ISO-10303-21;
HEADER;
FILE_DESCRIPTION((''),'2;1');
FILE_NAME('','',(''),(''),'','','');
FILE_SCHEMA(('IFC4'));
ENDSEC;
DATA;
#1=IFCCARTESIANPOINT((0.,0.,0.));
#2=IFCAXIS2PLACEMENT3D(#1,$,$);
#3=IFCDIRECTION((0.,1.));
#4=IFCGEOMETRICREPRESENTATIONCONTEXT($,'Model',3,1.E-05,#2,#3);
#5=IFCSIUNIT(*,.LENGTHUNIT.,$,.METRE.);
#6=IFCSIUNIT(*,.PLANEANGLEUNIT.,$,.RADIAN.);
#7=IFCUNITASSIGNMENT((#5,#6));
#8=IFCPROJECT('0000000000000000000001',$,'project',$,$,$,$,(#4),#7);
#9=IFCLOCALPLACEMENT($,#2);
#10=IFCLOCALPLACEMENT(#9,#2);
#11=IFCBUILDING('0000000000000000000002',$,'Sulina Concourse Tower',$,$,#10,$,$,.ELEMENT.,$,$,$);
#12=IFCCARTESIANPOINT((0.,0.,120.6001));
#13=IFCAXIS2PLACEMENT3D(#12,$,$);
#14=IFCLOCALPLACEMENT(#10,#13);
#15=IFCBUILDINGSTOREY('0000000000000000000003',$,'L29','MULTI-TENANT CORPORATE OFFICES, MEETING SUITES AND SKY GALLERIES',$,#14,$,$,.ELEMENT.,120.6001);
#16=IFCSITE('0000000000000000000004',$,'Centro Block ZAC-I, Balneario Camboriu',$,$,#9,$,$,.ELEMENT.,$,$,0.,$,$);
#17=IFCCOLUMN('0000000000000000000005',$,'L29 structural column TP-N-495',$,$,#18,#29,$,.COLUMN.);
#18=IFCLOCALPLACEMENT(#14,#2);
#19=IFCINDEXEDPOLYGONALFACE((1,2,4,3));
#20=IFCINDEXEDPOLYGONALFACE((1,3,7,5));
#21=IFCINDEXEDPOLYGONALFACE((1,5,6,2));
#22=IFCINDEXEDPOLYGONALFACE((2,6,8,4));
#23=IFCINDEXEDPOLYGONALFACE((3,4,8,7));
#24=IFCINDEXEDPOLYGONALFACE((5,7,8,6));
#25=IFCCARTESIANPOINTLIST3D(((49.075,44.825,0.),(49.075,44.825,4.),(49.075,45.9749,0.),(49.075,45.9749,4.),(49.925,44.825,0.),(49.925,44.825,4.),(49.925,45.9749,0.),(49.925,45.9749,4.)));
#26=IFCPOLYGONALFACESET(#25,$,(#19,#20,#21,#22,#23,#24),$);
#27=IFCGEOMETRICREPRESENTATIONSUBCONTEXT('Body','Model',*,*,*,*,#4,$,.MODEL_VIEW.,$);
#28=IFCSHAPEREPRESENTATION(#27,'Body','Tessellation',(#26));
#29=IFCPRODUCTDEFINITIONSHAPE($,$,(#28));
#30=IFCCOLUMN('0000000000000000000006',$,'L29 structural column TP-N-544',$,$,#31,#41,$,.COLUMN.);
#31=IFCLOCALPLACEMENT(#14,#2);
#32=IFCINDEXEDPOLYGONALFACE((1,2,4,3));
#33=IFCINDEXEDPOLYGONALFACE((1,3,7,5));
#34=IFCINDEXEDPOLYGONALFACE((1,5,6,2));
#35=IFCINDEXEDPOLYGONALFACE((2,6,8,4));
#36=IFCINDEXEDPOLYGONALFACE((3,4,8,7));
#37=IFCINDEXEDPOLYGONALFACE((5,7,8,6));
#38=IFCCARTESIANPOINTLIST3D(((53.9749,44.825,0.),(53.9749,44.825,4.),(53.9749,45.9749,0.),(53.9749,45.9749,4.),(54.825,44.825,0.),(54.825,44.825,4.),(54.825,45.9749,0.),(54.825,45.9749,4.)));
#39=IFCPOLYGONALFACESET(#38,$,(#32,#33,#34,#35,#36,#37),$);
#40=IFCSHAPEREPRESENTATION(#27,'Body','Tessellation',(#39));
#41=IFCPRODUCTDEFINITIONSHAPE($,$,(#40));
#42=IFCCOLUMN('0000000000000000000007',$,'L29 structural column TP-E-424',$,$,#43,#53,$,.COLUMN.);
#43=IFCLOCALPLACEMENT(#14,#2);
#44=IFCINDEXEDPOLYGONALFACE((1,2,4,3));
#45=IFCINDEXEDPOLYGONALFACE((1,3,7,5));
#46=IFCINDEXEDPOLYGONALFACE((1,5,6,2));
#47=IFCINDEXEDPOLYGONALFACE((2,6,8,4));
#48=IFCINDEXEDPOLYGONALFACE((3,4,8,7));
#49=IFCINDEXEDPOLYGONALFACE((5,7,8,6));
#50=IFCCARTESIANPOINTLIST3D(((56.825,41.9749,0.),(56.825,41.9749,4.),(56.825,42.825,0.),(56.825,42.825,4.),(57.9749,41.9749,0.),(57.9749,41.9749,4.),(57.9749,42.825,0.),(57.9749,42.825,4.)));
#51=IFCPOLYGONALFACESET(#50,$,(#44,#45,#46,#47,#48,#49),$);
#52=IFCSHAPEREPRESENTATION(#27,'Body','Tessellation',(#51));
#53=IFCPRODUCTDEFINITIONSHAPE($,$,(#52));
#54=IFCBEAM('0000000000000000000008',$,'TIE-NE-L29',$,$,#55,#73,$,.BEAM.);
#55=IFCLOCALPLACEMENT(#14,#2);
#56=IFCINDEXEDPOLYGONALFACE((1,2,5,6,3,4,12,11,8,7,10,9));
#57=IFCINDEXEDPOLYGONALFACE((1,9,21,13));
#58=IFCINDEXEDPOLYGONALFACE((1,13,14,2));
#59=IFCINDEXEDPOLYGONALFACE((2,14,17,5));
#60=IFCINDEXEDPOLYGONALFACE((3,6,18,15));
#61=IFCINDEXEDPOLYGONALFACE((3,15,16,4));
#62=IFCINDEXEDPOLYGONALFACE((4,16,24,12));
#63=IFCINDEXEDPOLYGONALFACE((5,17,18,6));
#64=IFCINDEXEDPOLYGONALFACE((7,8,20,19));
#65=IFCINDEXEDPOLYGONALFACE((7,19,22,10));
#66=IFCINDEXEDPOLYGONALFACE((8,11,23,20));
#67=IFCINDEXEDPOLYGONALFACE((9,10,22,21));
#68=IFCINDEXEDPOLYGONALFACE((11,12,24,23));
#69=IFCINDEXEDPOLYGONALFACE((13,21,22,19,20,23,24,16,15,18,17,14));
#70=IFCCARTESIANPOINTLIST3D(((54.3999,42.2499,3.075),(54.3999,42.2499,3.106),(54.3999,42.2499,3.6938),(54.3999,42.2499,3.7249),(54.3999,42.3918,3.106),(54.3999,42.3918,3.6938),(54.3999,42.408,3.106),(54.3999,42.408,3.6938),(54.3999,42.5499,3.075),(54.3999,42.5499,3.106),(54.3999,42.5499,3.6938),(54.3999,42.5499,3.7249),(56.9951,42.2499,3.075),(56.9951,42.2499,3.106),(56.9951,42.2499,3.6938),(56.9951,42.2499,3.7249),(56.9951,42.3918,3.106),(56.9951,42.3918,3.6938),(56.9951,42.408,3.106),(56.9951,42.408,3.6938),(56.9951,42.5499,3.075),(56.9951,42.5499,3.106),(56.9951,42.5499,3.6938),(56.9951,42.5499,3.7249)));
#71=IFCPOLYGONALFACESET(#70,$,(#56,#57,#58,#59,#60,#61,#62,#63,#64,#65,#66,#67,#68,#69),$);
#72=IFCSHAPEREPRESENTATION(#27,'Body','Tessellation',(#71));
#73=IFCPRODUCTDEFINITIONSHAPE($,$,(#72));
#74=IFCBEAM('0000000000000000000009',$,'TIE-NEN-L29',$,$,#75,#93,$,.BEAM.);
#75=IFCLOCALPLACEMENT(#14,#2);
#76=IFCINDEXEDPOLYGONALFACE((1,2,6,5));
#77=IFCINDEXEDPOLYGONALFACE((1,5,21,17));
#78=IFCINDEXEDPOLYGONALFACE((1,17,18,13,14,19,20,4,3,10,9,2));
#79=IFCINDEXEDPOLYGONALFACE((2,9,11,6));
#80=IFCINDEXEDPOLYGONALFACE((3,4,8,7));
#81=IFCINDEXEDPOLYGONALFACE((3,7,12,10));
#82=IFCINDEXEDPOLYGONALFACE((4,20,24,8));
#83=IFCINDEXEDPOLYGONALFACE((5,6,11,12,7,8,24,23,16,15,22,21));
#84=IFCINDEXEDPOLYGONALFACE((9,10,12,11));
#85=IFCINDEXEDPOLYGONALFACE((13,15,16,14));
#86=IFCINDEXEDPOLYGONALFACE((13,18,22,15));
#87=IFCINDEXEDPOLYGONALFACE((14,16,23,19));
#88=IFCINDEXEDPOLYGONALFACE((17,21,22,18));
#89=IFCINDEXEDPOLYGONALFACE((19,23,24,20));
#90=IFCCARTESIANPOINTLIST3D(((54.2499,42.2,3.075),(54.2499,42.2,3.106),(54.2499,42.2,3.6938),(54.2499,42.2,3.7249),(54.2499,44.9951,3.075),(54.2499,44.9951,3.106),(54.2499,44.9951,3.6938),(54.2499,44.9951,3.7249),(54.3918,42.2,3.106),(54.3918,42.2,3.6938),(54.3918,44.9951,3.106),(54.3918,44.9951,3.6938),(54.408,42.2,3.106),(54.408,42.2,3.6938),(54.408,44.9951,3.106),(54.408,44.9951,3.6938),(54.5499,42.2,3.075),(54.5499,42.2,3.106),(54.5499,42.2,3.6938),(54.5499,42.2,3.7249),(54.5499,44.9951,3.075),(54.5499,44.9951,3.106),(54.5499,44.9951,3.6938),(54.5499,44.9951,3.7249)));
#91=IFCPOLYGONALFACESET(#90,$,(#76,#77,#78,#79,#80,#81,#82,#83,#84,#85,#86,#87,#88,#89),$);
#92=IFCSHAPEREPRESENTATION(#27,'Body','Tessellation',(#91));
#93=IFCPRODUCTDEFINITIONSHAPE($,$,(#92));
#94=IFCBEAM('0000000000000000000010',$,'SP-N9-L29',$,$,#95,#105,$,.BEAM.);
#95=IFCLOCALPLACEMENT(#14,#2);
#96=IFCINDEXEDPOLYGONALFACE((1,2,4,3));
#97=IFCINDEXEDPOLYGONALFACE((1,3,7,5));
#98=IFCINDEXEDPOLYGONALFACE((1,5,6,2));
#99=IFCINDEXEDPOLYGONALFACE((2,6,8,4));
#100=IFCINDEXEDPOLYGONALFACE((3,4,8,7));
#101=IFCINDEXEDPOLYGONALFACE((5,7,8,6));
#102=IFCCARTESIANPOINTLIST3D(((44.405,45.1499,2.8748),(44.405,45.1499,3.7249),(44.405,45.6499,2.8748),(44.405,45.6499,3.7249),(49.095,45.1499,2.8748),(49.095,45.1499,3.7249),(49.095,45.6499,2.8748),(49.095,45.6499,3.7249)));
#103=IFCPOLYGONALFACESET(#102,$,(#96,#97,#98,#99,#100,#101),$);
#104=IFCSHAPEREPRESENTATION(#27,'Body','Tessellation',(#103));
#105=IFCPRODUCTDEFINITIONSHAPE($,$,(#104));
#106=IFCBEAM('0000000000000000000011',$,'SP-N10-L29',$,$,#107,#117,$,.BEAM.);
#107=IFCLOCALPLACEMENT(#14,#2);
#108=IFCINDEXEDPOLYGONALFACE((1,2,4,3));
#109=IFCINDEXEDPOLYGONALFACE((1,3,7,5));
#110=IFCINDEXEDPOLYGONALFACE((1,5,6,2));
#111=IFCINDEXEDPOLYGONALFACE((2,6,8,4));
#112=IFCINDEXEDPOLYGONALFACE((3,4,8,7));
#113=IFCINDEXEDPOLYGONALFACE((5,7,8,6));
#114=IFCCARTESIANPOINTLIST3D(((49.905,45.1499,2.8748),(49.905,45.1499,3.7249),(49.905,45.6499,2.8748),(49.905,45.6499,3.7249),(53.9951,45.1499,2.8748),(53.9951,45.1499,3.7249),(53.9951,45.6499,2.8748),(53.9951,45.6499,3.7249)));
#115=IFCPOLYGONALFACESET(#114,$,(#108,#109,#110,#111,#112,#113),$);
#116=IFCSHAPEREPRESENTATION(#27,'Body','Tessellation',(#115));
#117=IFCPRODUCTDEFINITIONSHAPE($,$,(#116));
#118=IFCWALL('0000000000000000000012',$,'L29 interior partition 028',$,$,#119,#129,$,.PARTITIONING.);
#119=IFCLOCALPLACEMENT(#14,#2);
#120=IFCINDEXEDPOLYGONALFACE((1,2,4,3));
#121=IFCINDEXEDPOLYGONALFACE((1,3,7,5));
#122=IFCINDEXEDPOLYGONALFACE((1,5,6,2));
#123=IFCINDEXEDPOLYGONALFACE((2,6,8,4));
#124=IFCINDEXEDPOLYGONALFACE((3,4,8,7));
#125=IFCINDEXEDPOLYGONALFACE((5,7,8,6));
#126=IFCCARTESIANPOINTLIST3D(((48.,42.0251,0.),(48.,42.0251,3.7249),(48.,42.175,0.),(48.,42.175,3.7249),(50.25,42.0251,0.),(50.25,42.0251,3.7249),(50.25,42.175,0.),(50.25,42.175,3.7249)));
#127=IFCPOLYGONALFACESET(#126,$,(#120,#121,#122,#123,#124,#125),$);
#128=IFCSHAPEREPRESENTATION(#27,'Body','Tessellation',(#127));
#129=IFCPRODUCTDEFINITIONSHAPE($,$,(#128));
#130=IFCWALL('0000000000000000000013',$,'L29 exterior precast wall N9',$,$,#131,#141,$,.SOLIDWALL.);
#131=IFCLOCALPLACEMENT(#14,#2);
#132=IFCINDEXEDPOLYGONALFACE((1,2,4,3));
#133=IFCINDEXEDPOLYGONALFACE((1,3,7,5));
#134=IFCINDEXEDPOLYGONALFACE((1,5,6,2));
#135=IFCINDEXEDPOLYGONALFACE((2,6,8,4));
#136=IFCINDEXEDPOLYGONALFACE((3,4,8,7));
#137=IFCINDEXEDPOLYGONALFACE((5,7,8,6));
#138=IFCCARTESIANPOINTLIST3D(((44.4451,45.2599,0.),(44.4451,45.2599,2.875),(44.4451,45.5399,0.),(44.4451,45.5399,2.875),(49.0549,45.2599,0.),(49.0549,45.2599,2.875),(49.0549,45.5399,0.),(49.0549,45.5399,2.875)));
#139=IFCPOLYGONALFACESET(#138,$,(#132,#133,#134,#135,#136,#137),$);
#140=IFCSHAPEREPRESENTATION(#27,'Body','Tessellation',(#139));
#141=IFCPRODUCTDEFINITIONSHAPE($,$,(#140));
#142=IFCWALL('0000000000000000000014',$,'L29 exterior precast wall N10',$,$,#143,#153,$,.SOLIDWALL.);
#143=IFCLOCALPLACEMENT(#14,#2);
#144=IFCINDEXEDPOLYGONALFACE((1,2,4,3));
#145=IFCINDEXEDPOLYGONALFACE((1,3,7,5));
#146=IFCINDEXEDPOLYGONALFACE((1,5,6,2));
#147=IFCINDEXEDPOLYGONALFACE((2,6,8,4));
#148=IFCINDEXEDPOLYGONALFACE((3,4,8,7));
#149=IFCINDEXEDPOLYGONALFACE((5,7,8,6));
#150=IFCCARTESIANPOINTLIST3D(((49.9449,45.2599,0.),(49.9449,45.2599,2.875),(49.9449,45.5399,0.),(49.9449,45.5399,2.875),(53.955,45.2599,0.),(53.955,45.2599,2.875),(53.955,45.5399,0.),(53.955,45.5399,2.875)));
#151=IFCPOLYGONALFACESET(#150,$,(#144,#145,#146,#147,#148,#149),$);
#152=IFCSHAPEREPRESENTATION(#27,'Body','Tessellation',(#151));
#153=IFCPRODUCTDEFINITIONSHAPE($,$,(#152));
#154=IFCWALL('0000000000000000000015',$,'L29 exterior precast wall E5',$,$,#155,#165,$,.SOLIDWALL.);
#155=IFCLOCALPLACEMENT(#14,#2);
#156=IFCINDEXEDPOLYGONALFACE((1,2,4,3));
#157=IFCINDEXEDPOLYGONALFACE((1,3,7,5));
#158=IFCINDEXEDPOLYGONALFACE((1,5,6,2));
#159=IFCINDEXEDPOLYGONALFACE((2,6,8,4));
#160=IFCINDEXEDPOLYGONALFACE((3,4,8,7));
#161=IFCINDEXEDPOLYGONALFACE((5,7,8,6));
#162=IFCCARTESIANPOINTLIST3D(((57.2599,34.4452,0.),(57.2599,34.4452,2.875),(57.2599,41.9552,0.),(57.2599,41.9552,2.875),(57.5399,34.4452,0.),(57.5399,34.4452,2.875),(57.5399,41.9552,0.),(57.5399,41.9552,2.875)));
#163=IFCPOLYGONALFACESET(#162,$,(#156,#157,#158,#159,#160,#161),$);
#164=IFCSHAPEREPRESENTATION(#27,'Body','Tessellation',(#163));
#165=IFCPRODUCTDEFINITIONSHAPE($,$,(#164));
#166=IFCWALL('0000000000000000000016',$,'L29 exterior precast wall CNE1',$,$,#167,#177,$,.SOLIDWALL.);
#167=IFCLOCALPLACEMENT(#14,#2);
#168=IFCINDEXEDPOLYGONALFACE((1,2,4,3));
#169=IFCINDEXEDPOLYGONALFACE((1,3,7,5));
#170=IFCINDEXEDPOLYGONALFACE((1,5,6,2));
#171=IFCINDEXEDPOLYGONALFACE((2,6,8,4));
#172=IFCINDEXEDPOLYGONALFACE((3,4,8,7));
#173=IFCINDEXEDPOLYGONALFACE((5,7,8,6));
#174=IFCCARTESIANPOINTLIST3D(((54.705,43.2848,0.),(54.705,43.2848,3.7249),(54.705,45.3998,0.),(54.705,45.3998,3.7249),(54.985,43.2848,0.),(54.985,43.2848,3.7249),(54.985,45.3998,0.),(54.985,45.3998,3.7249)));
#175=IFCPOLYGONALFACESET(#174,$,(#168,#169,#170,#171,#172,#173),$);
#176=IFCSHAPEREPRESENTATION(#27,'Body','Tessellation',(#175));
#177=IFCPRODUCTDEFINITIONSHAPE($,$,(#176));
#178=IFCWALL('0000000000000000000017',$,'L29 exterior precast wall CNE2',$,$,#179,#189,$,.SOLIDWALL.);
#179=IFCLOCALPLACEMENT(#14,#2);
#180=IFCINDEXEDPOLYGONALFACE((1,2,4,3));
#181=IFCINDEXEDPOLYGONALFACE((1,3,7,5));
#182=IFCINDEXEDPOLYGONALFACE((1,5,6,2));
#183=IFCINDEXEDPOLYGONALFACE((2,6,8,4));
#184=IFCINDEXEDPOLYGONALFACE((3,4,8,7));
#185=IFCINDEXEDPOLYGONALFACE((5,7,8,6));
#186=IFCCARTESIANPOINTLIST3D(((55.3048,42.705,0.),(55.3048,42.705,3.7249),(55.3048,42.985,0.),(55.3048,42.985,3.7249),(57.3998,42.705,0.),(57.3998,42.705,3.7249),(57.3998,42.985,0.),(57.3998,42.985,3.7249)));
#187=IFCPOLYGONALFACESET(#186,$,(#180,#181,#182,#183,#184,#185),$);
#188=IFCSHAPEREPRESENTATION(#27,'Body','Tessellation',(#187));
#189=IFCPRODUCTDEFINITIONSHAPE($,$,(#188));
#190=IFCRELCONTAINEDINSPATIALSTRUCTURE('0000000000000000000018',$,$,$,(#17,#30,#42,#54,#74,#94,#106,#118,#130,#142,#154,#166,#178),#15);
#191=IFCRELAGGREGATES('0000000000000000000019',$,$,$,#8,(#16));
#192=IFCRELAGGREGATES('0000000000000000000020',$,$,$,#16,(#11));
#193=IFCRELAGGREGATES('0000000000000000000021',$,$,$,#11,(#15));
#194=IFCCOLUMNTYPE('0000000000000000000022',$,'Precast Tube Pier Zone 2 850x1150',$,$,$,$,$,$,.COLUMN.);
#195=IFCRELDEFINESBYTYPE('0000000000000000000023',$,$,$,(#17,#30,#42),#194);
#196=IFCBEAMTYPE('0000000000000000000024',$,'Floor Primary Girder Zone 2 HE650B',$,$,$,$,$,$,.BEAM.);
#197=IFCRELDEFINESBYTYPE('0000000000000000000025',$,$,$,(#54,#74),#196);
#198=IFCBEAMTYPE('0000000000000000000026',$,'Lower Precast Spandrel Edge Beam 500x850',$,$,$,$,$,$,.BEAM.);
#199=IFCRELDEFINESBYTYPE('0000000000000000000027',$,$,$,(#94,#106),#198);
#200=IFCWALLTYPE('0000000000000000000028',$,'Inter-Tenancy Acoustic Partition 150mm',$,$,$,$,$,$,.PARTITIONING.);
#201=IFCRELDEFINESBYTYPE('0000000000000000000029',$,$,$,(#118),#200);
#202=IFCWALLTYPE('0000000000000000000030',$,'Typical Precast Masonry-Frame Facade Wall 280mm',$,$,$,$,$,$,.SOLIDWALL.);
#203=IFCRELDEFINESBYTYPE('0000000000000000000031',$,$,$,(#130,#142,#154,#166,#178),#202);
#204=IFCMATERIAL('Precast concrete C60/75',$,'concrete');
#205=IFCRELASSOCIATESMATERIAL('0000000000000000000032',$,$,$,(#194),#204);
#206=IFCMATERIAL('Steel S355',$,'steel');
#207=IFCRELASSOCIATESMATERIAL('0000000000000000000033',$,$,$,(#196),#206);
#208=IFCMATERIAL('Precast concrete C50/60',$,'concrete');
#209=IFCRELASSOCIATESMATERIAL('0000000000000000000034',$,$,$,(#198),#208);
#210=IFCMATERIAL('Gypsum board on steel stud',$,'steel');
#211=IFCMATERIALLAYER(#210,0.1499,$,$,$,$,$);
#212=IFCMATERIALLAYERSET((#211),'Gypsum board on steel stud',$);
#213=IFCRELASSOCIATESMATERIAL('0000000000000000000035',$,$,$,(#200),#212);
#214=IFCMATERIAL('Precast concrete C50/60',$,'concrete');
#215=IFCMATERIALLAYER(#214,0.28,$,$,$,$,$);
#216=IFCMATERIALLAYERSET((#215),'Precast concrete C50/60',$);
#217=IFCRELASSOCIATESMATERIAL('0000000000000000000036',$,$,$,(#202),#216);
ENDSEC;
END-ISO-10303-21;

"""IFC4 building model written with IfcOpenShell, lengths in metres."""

from ifc_helpers import new_model, si_unit, direction, frame, frame_2d, origin, origin_2d, place, context, subcontext, project, spatial, rectangle, i_section, extrude, material, layer, layer_set, material_profile, profile_set, type_object, element, save


model = new_model("IFC4")

# Units and contexts
model_context = context("Model", 3, precision=1e-05, world=origin(), true_north=direction((0.0, 1.0)))
body_context = subcontext(model_context, "Body", "Model", "MODEL_VIEW")
ifc_project = project(units=[si_unit("LENGTHUNIT", "METRE"), si_unit("PLANEANGLEUNIT", "RADIAN")], contexts=[model_context])

# Site, building, storey
site_placement = place(None, origin())
site = spatial("IfcSite", under=ifc_project, at=site_placement, Name="Centro Block ZAC-I, Balneario Camboriu", CompositionType="ELEMENT", RefElevation=0.0)
building_placement = place(site_placement, origin())
building = spatial("IfcBuilding", under=site, at=building_placement, Name="Sulina Concourse Tower", CompositionType="ELEMENT")
storey_placement = place(building_placement, frame((0.0, 0.0, 120.6001)))
storey = spatial("IfcBuildingStorey", under=building, at=storey_placement, Name="L29", Description="MULTI-TENANT CORPORATE OFFICES, MEETING SUITES AND SKY GALLERIES", CompositionType="ELEMENT", Elevation=120.6001)

# Columns
ifc_material_1 = material(Name="Precast concrete C60/75", Category="concrete")
ifc_material_profile_1 = material_profile(ifc_material_1, rectangle(XDim=0.8501, YDim=1.1499, at=origin_2d()), Name="PC 850x1150")
ifc_profile_set_1 = profile_set([ifc_material_profile_1], Name="Precast concrete C60/75")
column_type = type_object("IfcColumnType", Name="Precast Tube Pier Zone 2 850x1150", PredefinedType="COLUMN", material=ifc_profile_set_1)
for number, where, z_axis, x_axis, name in (
    (1, (49.5, 45.3999, 0.0), (0.0, 0.0, 1.0), (1.0, 0.0, 0.0), "L29 structural column TP-N-495"),
    (2, (54.3999, 45.3999, 0.0), (0.0, 0.0, 1.0), (1.0, 0.0, 0.0), "L29 structural column TP-N-544"),
    (3, (57.3999, 42.3999, 0.0), (0.0, 0.0, 1.0), (0.0, 1.0, 0.0), "L29 structural column TP-E-424"),
):
    element("IfcColumn", number, at=place(storey_placement, frame(where, z_axis=z_axis, x_axis=x_axis)), inside=storey, type_object=column_type, Name=name, PredefinedType="COLUMN", context=body_context, shape_type="SweptSolid", body=[
        extrude(rectangle(XDim=0.8501, YDim=1.1499, at=origin_2d()), origin(), (0.0, 0.0, 1.0), 4.0),
    ])

# Beams
ifc_material_2 = material(Name="Steel S355", Category="steel")
ifc_material_profile_2 = material_profile(ifc_material_2, i_section(OverallWidth=0.3, OverallDepth=0.6499, WebThickness=0.0161, FlangeThickness=0.031, at=origin_2d()), Name="HE 650 B")
ifc_profile_set_2 = profile_set([ifc_material_profile_2], Name="Steel S355")
beam_type_1 = type_object("IfcBeamType", Name="Floor Primary Girder Zone 2 HE650B", PredefinedType="BEAM", material=ifc_profile_set_2)
beam_1_placement = place(storey_placement, frame((54.3999, 42.3999, 3.3999), z_axis=(1.0, 0.0, 0.0), x_axis=(0.0, 1.0, 0.0)))
element("IfcBeam", 4, at=beam_1_placement, inside=storey, type_object=beam_type_1, Name="TIE-NE-L29", PredefinedType="BEAM", context=body_context, shape_type="SweptSolid", body=[
    extrude(i_section(OverallWidth=0.3, OverallDepth=0.6499, WebThickness=0.0161, FlangeThickness=0.031, at=origin_2d()), origin(), (0.0, 0.0, 1.0), 2.5952),
])
beam_2_placement = place(storey_placement, frame((54.3999, 42.2, 3.3999), z_axis=(0.0, 1.0, 0.0), x_axis=(-1.0, 0.0, 0.0)))
element("IfcBeam", 5, at=beam_2_placement, inside=storey, type_object=beam_type_1, Name="TIE-NEN-L29", PredefinedType="BEAM", context=body_context, shape_type="SweptSolid", body=[
    extrude(i_section(OverallWidth=0.3, OverallDepth=0.6499, WebThickness=0.0161, FlangeThickness=0.031, at=origin_2d()), origin(), (0.0, 0.0, 1.0), 2.7952),
])
ifc_material_3 = material(Name="Precast concrete C50/60", Category="concrete")
ifc_material_profile_3 = material_profile(ifc_material_3, rectangle(XDim=0.5, YDim=0.8501, at=origin_2d()), Name="RC 500x850")
ifc_profile_set_3 = profile_set([ifc_material_profile_3], Name="Precast concrete C50/60")
beam_type_2 = type_object("IfcBeamType", Name="Lower Precast Spandrel Edge Beam 500x850", PredefinedType="BEAM", material=ifc_profile_set_3)
beam_3_placement = place(storey_placement, frame((44.405, 45.3999, 3.2998), z_axis=(1.0, 0.0, 0.0), x_axis=(0.0, 1.0, 0.0)))
element("IfcBeam", 6, at=beam_3_placement, inside=storey, type_object=beam_type_2, Name="SP-N9-L29", PredefinedType="BEAM", context=body_context, shape_type="SweptSolid", body=[
    extrude(rectangle(XDim=0.5, YDim=0.8501, at=origin_2d()), origin(), (0.0, 0.0, 1.0), 4.6899),
])
beam_4_placement = place(storey_placement, frame((49.905, 45.3999, 3.2998), z_axis=(1.0, 0.0, 0.0), x_axis=(0.0, 1.0, 0.0)))
element("IfcBeam", 7, at=beam_4_placement, inside=storey, type_object=beam_type_2, Name="SP-N10-L29", PredefinedType="BEAM", context=body_context, shape_type="SweptSolid", body=[
    extrude(rectangle(XDim=0.5, YDim=0.8501, at=origin_2d()), origin(), (0.0, 0.0, 1.0), 4.0901),
])

# Walls
ifc_material_4 = material(Name="Gypsum board on steel stud", Category="steel")
ifc_layer_1 = layer(ifc_material_4, 0.1499)
ifc_layer_set_1 = layer_set([ifc_layer_1], Name="Gypsum board on steel stud")
wall_type_1 = type_object("IfcWallType", Name="Inter-Tenancy Acoustic Partition 150mm", PredefinedType="PARTITIONING", material=ifc_layer_set_1)
wall_1_placement = place(storey_placement, frame((48.0, 42.1001, 0.0), z_axis=(0.0, 0.0, 1.0), x_axis=(1.0, 0.0, 0.0)))
element("IfcWall", 8, at=wall_1_placement, inside=storey, type_object=wall_type_1, Name="L29 interior partition 028", PredefinedType="PARTITIONING", context=body_context, shape_type="SweptSolid", body=[
    extrude(rectangle(XDim=2.25, YDim=0.1499, at=frame_2d((1.125, 0.0))), origin(), (0.0, 0.0, 1.0), 3.7249),
])
ifc_material_5 = material(Name="Precast concrete C50/60", Category="concrete")
ifc_layer_2 = layer(ifc_material_5, 0.28)
ifc_layer_set_2 = layer_set([ifc_layer_2], Name="Precast concrete C50/60")
wall_type_2 = type_object("IfcWallType", Name="Typical Precast Masonry-Frame Facade Wall 280mm", PredefinedType="SOLIDWALL", material=ifc_layer_set_2)
wall_2_placement = place(storey_placement, frame((44.4451, 45.3999, 0.0), z_axis=(0.0, 0.0, 1.0), x_axis=(1.0, 0.0, 0.0)))
element("IfcWall", 9, at=wall_2_placement, inside=storey, type_object=wall_type_2, Name="L29 exterior precast wall N9", PredefinedType="SOLIDWALL", context=body_context, shape_type="SweptSolid", body=[
    extrude(rectangle(XDim=4.6099, YDim=0.28, at=frame_2d((2.3049, 0.0))), origin(), (0.0, 0.0, 1.0), 2.875),
])
wall_3_placement = place(storey_placement, frame((49.9451, 45.3999, 0.0), z_axis=(0.0, 0.0, 1.0), x_axis=(1.0, 0.0, 0.0)))
element("IfcWall", 10, at=wall_3_placement, inside=storey, type_object=wall_type_2, Name="L29 exterior precast wall N10", PredefinedType="SOLIDWALL", context=body_context, shape_type="SweptSolid", body=[
    extrude(rectangle(XDim=4.01, YDim=0.28, at=frame_2d((2.0049, 0.0))), origin(), (0.0, 0.0, 1.0), 2.875),
])
wall_4_placement = place(storey_placement, frame((57.3999, 41.9551, 0.0), z_axis=(0.0, 0.0, 1.0), x_axis=(0.0, -1.0, 0.0)))
element("IfcWall", 11, at=wall_4_placement, inside=storey, type_object=wall_type_2, Name="L29 exterior precast wall E5", PredefinedType="SOLIDWALL", context=body_context, shape_type="SweptSolid", body=[
    extrude(rectangle(XDim=7.51, YDim=0.28, at=frame_2d((3.7549, 0.0))), origin(), (0.0, 0.0, 1.0), 2.875),
])
wall_5_placement = place(storey_placement, frame((54.845, 45.3999, 0.0), z_axis=(0.0, 0.0, 1.0), x_axis=(0.0, -1.0, 0.0)))
element("IfcWall", 12, at=wall_5_placement, inside=storey, type_object=wall_type_2, Name="L29 exterior precast wall CNE1", PredefinedType="SOLIDWALL", context=body_context, shape_type="SweptSolid", body=[
    extrude(rectangle(XDim=2.115, YDim=0.28, at=frame_2d((1.0576, 0.0))), origin(), (0.0, 0.0, 1.0), 3.7249),
])
wall_6_placement = place(storey_placement, frame((55.3049, 42.845, 0.0), z_axis=(0.0, 0.0, 1.0), x_axis=(1.0, 0.0, 0.0)))
element("IfcWall", 13, at=wall_6_placement, inside=storey, type_object=wall_type_2, Name="L29 exterior precast wall CNE2", PredefinedType="SOLIDWALL", context=body_context, shape_type="SweptSolid", body=[
    extrude(rectangle(XDim=2.095, YDim=0.28, at=frame_2d((1.0474, 0.0))), origin(), (0.0, 0.0, 1.0), 3.7249),
])

save(model, "model.ifc")
